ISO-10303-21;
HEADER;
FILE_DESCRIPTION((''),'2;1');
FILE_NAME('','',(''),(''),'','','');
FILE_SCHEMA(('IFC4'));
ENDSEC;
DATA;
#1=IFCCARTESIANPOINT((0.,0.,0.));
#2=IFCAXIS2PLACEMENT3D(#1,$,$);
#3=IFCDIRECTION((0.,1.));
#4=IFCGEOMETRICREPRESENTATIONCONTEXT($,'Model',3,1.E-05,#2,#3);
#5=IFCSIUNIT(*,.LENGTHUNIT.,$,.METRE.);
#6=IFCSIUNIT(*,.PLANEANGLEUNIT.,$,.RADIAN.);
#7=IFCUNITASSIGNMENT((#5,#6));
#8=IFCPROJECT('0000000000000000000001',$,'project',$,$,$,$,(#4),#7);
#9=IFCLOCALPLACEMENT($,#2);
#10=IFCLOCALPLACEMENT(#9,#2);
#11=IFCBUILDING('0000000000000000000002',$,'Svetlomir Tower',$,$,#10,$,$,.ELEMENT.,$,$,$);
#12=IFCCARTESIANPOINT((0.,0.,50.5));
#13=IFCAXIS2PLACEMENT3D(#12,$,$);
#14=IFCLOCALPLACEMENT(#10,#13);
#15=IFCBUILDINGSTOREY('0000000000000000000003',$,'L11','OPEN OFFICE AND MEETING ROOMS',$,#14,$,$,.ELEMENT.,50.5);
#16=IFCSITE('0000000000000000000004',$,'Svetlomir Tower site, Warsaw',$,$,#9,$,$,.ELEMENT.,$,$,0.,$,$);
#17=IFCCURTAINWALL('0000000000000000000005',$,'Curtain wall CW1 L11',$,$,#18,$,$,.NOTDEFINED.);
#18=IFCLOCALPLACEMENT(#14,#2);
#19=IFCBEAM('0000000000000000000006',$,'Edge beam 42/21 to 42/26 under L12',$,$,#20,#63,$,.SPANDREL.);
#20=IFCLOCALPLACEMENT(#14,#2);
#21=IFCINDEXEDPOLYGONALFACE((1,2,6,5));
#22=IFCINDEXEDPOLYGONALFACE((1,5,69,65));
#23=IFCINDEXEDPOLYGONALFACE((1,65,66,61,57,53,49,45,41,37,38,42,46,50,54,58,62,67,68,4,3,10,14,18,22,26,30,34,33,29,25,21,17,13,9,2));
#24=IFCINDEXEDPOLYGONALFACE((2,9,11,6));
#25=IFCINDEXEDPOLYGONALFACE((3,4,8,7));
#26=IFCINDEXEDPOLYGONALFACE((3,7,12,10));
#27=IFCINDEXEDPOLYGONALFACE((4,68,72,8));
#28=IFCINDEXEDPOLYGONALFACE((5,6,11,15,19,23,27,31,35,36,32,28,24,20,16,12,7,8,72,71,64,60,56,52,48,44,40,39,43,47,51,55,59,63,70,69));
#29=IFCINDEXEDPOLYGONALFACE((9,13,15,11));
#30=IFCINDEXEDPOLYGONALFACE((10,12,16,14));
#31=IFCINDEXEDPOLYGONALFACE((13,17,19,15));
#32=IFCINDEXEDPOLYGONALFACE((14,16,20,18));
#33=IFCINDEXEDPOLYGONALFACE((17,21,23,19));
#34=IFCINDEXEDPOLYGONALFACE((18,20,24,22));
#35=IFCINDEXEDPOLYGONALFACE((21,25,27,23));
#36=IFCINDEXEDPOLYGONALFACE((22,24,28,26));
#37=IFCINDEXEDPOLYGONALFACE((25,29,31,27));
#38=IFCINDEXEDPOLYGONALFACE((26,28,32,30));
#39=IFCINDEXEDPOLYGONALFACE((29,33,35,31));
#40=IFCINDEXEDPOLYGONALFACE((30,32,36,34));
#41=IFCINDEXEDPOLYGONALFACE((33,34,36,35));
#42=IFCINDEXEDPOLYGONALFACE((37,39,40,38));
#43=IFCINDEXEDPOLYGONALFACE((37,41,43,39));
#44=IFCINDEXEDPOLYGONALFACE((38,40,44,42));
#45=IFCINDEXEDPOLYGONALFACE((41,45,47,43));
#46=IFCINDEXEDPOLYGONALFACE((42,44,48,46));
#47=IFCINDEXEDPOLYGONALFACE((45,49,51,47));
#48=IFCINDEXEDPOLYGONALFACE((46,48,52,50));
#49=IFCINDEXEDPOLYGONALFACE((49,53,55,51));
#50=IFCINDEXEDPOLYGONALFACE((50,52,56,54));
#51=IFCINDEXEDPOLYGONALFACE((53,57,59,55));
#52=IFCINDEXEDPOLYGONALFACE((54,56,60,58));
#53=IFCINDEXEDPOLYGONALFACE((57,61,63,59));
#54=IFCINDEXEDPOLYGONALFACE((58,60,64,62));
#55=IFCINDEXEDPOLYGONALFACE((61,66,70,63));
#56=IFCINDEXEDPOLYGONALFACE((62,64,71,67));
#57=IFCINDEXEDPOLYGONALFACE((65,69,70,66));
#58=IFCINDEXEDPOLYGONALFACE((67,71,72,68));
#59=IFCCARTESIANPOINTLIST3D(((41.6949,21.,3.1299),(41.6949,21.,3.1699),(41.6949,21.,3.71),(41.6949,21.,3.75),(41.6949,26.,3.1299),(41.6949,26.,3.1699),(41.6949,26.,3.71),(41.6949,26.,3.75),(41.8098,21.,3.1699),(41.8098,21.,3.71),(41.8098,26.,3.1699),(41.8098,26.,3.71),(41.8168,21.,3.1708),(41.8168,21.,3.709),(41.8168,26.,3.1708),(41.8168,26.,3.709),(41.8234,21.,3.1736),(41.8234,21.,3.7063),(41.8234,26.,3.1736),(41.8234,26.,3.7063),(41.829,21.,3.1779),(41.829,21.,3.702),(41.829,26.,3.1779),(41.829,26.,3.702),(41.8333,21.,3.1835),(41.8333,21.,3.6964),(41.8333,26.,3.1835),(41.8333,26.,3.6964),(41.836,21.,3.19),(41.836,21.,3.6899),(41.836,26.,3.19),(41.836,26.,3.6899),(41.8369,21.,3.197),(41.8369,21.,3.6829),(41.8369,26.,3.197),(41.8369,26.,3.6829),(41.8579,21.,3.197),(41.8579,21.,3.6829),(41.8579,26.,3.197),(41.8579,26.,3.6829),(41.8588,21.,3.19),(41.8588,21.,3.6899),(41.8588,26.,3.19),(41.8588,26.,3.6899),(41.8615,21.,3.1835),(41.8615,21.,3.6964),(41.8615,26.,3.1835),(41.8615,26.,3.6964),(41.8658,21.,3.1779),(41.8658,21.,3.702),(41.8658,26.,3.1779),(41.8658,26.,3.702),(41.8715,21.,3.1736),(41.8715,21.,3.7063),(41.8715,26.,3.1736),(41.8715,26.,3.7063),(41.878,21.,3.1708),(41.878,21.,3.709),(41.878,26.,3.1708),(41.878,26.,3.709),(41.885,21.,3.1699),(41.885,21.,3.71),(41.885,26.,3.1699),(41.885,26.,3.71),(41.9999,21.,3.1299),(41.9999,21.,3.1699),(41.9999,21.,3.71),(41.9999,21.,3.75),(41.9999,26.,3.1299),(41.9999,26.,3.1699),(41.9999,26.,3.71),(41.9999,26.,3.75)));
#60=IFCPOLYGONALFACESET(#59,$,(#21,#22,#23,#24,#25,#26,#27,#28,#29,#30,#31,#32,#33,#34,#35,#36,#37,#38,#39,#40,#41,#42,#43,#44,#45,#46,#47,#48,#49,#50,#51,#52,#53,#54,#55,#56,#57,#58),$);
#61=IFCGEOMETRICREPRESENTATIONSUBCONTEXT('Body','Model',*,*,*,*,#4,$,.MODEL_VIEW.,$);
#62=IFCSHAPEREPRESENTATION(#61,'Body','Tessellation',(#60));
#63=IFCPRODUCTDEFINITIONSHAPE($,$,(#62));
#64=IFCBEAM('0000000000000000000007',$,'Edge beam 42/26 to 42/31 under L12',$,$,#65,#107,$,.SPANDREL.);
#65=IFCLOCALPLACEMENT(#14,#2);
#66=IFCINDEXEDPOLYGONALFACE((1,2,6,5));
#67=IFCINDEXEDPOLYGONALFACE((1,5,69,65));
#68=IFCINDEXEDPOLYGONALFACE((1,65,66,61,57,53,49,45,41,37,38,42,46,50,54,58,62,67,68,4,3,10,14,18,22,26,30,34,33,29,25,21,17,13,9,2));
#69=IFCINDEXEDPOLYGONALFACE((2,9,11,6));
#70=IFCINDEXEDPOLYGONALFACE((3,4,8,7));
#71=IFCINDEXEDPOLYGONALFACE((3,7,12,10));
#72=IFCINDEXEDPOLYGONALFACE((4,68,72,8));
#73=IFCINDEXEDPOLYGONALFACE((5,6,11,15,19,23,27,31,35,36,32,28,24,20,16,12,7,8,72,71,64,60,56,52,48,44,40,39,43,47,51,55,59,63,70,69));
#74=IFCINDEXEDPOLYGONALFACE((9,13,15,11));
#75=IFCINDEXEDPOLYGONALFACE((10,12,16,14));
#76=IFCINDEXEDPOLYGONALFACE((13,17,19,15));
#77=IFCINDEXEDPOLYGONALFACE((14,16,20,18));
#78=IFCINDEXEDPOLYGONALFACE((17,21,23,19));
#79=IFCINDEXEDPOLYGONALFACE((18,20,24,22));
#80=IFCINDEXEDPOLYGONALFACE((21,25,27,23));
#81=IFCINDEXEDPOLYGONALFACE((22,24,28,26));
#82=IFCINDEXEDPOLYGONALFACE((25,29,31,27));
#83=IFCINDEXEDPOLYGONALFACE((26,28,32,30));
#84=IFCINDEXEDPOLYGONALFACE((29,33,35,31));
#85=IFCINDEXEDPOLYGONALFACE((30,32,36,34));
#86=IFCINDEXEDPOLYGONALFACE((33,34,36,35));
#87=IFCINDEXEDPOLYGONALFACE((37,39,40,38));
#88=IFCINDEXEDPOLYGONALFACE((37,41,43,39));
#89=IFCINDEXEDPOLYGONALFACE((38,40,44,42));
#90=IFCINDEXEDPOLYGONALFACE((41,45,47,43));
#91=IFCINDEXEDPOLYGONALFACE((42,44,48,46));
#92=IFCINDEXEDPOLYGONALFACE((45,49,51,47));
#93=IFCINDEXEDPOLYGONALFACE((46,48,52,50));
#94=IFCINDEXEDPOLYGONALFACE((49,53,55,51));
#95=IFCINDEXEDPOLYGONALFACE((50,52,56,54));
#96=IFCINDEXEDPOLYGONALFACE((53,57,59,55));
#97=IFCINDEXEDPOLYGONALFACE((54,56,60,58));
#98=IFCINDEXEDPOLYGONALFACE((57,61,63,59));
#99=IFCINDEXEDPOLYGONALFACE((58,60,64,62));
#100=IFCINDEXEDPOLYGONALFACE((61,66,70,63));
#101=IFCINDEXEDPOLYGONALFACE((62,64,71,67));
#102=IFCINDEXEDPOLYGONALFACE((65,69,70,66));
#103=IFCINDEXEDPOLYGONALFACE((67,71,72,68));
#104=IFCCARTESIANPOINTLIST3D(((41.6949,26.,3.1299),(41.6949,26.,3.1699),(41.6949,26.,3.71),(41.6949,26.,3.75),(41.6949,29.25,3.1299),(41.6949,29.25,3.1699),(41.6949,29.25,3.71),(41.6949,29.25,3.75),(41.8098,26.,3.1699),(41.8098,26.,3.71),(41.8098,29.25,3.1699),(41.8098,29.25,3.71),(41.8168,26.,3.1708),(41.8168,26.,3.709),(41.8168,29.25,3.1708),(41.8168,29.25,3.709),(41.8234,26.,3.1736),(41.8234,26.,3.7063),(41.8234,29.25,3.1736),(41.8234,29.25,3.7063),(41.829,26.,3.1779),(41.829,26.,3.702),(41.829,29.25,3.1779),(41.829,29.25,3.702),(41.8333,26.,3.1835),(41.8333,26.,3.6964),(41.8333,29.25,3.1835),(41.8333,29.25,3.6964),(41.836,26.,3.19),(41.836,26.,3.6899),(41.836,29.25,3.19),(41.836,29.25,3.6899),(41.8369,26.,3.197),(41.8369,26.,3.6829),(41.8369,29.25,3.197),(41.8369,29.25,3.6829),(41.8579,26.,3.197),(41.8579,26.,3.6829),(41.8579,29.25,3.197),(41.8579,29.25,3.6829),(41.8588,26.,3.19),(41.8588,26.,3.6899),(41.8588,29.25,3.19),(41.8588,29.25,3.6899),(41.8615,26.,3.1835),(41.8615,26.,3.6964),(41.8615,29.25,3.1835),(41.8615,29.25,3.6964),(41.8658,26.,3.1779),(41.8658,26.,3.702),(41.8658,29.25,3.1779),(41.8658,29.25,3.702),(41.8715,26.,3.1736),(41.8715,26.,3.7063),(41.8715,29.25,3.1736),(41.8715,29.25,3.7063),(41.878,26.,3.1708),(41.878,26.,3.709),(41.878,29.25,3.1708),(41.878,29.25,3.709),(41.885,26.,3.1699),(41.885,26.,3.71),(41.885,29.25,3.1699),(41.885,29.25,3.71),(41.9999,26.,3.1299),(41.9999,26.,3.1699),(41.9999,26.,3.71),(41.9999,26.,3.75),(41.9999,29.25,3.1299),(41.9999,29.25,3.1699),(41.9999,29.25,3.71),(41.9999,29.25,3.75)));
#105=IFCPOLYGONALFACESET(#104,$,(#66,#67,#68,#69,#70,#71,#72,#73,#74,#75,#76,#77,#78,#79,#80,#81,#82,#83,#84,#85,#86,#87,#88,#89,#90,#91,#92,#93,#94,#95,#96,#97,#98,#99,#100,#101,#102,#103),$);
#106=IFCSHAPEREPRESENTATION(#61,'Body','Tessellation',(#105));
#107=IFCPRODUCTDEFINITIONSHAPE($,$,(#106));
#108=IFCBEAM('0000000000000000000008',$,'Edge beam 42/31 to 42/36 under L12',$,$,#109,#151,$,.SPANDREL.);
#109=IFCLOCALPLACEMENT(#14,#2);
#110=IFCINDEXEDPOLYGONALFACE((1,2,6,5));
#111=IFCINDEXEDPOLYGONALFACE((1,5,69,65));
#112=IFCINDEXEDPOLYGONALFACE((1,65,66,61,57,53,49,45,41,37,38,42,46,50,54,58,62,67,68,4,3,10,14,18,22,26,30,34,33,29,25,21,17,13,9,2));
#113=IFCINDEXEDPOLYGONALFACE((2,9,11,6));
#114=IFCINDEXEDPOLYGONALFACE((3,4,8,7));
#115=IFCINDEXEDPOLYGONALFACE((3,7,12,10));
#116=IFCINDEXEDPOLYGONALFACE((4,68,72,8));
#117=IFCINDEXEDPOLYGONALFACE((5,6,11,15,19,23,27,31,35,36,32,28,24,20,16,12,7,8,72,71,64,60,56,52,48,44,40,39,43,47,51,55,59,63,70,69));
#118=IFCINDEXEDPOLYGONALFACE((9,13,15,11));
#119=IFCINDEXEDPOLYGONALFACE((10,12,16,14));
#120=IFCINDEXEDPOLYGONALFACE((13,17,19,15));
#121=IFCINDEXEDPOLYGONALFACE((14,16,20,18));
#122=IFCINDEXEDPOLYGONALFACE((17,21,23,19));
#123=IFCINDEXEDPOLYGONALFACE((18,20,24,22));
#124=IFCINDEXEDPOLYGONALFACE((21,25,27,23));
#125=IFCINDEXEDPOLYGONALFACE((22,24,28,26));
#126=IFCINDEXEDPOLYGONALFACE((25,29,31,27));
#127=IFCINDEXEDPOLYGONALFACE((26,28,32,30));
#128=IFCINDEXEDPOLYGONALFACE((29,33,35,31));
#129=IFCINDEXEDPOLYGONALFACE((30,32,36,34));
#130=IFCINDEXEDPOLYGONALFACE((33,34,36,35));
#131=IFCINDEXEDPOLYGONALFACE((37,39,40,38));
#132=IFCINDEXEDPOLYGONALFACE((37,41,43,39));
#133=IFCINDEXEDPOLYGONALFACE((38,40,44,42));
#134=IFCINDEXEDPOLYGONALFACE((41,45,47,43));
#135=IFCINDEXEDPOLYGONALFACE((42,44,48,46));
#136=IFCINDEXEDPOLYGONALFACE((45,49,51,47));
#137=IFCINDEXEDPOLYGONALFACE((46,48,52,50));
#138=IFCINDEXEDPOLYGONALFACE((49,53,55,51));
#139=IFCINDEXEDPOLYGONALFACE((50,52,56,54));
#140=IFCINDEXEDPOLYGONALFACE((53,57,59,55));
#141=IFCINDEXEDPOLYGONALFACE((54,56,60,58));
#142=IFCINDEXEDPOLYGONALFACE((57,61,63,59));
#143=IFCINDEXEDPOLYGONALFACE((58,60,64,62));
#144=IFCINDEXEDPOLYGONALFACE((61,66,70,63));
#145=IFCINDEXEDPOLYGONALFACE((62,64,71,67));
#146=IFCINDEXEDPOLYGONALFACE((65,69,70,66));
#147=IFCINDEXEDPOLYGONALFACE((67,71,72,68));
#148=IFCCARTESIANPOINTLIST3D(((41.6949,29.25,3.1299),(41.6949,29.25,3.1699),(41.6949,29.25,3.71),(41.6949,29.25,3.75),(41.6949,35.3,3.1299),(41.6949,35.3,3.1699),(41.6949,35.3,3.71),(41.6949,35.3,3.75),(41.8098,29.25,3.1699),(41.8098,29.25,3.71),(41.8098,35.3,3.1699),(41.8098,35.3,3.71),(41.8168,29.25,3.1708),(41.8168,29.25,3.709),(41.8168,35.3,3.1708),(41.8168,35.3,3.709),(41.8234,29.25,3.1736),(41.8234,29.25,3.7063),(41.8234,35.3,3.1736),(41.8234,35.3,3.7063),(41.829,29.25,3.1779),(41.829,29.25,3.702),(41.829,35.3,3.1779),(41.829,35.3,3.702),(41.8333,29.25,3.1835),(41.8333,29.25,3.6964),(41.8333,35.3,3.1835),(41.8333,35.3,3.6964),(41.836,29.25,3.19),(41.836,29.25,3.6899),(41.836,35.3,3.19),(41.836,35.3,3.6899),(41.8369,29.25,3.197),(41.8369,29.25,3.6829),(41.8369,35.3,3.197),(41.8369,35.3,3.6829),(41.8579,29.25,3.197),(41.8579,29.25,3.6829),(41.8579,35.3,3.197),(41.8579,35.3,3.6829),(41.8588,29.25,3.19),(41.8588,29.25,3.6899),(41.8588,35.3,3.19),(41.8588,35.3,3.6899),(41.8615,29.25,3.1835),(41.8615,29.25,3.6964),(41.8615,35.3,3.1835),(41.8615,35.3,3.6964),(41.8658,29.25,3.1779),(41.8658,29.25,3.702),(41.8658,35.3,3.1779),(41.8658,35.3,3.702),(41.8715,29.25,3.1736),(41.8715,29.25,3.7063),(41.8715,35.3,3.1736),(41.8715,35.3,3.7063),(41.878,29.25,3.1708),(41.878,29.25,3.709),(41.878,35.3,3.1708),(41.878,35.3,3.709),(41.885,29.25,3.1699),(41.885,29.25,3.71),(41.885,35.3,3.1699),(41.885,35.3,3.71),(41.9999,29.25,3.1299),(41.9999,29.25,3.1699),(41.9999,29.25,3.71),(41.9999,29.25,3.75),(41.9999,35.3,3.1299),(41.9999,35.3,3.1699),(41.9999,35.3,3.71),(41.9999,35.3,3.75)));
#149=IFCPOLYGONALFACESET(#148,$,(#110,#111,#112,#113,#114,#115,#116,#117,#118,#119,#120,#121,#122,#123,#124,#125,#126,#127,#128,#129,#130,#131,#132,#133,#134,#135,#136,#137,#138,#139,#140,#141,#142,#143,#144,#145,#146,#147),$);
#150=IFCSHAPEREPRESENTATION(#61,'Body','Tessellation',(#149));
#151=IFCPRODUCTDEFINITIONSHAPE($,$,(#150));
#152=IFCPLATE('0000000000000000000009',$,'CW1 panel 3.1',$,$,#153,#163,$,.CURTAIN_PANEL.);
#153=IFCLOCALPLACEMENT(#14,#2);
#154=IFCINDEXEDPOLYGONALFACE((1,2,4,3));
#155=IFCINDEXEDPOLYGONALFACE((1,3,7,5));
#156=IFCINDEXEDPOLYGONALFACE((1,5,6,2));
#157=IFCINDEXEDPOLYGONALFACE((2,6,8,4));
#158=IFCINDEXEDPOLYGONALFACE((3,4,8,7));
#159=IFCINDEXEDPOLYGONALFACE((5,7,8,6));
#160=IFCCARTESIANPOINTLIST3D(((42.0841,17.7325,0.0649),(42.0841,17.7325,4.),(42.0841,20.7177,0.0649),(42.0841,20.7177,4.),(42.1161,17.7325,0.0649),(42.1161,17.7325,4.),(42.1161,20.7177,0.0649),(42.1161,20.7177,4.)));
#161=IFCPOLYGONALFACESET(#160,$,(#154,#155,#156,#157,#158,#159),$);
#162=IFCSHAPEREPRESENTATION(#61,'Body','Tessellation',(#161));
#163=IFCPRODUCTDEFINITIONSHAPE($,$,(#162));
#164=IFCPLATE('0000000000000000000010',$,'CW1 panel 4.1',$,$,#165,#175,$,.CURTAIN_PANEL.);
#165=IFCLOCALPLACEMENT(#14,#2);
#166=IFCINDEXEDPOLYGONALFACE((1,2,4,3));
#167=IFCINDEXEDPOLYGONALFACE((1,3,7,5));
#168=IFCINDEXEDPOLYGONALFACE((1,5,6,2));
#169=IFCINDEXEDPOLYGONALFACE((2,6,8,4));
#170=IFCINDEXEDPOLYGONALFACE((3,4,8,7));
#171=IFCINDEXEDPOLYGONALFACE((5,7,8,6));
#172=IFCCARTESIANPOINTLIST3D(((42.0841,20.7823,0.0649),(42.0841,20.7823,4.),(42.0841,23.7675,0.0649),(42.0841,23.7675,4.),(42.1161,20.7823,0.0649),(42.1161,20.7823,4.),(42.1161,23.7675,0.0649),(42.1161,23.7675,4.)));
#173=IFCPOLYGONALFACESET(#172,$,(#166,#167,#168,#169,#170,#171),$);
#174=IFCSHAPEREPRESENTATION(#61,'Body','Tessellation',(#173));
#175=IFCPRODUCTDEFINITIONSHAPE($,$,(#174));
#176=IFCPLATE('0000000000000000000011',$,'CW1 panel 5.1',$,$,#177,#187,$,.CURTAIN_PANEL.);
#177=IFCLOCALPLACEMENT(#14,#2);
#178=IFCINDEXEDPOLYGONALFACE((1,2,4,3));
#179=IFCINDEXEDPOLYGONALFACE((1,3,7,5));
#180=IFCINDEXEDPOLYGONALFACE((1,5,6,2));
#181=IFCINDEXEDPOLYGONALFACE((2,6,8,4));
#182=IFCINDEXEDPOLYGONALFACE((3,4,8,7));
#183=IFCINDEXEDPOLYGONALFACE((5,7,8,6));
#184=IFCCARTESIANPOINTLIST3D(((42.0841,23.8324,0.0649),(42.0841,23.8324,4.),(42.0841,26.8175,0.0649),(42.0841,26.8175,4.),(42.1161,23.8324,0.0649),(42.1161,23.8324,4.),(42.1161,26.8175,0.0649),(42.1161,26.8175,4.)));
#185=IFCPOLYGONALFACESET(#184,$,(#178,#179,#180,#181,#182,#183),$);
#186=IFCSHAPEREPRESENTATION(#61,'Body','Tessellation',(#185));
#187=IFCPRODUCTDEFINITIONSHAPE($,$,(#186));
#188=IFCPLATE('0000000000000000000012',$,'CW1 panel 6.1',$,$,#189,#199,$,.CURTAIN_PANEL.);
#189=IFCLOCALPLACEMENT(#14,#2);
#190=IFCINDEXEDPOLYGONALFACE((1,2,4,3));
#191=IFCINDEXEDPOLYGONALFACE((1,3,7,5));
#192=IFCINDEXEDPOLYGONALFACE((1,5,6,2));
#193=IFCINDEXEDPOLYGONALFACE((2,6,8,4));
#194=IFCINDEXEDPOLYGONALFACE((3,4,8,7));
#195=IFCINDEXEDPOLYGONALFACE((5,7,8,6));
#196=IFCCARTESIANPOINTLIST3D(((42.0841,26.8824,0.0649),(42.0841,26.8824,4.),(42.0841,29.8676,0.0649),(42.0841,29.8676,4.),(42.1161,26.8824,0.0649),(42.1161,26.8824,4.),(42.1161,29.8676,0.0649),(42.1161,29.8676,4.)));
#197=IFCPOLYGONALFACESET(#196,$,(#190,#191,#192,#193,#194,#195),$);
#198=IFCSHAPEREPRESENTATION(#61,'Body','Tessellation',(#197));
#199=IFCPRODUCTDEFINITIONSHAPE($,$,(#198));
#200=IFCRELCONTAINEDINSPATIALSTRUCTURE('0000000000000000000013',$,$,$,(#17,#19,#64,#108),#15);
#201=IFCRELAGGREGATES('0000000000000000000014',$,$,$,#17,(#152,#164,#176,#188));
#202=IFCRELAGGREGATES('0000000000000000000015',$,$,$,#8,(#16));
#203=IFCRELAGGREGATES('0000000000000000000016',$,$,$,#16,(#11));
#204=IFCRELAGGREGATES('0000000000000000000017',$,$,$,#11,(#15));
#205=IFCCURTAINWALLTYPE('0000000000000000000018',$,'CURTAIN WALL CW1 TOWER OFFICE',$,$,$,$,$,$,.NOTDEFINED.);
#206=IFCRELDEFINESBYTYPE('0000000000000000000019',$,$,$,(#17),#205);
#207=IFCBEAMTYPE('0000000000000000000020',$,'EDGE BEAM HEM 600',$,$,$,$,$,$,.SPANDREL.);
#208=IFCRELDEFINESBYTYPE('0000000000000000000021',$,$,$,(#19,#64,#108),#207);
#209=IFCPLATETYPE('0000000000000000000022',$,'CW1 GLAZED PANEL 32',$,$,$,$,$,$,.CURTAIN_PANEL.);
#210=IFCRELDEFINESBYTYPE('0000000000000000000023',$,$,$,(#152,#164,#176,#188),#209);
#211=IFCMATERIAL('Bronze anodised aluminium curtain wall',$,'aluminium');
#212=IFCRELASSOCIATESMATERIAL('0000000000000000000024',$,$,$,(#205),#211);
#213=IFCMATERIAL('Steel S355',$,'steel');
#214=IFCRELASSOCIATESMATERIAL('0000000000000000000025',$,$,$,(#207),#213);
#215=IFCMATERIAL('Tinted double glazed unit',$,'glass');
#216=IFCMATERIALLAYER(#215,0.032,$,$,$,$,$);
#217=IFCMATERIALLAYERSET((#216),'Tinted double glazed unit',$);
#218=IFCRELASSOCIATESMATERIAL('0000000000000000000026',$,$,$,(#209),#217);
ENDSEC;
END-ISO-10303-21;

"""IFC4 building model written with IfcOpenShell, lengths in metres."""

from ifc_helpers import new_model, si_unit, direction, frame, origin, origin_2d, place, context, subcontext, project, spatial, rectangle, i_section, extrude, material, layer, layer_set, material_profile, profile_set, type_object, element, aggregate, save


model = new_model("IFC4")

# Units and contexts
model_context = context("Model", 3, precision=1e-05, world=origin(), true_north=direction((0.0, 1.0)))
body_context = subcontext(model_context, "Body", "Model", "MODEL_VIEW")
ifc_project = project(units=[si_unit("LENGTHUNIT", "METRE"), si_unit("PLANEANGLEUNIT", "RADIAN")], contexts=[model_context])

# Site, building, storey
site_placement = place(None, origin())
site = spatial("IfcSite", under=ifc_project, at=site_placement, Name="Svetlomir Tower site, Warsaw", CompositionType="ELEMENT", RefElevation=0.0)
building_placement = place(site_placement, origin())
building = spatial("IfcBuilding", under=site, at=building_placement, Name="Svetlomir Tower", CompositionType="ELEMENT")
storey_placement = place(building_placement, frame((0.0, 0.0, 50.5)))
storey = spatial("IfcBuildingStorey", under=building, at=storey_placement, Name="L11", Description="OPEN OFFICE AND MEETING ROOMS", CompositionType="ELEMENT", Elevation=50.5)

# Curtain wall
ifc_material_1 = material(Name="Bronze anodised aluminium curtain wall", Category="aluminium")
curtain_wall_type = type_object("IfcCurtainWallType", Name="CURTAIN WALL CW1 TOWER OFFICE", PredefinedType="NOTDEFINED", material=ifc_material_1)
curtain_wall_placement = place(storey_placement, origin())
curtain_wall = element("IfcCurtainWall", 1, at=curtain_wall_placement, inside=storey, type_object=curtain_wall_type, Name="Curtain wall CW1 L11", PredefinedType="NOTDEFINED")

# Beams
ifc_material_2 = material(Name="Steel S355", Category="steel")
ifc_material_profile_1 = material_profile(ifc_material_2, i_section(OverallWidth=0.3049, OverallDepth=0.6201, WebThickness=0.021, FlangeThickness=0.04, FilletRadius=0.0271, at=origin_2d()), Name="HEM 600")
ifc_profile_set_1 = profile_set([ifc_material_profile_1], Name="Steel S355")
beam_type = type_object("IfcBeamType", Name="EDGE BEAM HEM 600", PredefinedType="SPANDREL", material=ifc_profile_set_1)
beam_1_placement = place(storey_placement, frame((41.8474, 21.0, 3.4399), z_axis=(0.0, 1.0, 0.0), x_axis=(-1.0, 0.0, 0.0)))
element("IfcBeam", 2, at=beam_1_placement, inside=storey, type_object=beam_type, Name="Edge beam 42/21 to 42/26 under L12", PredefinedType="SPANDREL", context=body_context, shape_type="SweptSolid", body=[
    extrude(i_section(OverallWidth=0.3049, OverallDepth=0.6201, WebThickness=0.021, FlangeThickness=0.04, FilletRadius=0.0271, at=origin_2d()), origin(), (0.0, 0.0, 1.0), 5.0),
])
beam_2_placement = place(storey_placement, frame((41.8474, 26.0, 3.4399), z_axis=(0.0, 1.0, 0.0), x_axis=(-1.0, 0.0, 0.0)))
element("IfcBeam", 3, at=beam_2_placement, inside=storey, type_object=beam_type, Name="Edge beam 42/26 to 42/31 under L12", PredefinedType="SPANDREL", context=body_context, shape_type="SweptSolid", body=[
    extrude(i_section(OverallWidth=0.3049, OverallDepth=0.6201, WebThickness=0.021, FlangeThickness=0.04, FilletRadius=0.0271, at=origin_2d()), origin(), (0.0, 0.0, 1.0), 3.25),
])
beam_3_placement = place(storey_placement, frame((41.8474, 29.25, 3.4399), z_axis=(0.0, 1.0, 0.0), x_axis=(-1.0, 0.0, 0.0)))
element("IfcBeam", 4, at=beam_3_placement, inside=storey, type_object=beam_type, Name="Edge beam 42/31 to 42/36 under L12", PredefinedType="SPANDREL", context=body_context, shape_type="SweptSolid", body=[
    extrude(i_section(OverallWidth=0.3049, OverallDepth=0.6201, WebThickness=0.021, FlangeThickness=0.04, FilletRadius=0.0271, at=origin_2d()), origin(), (0.0, 0.0, 1.0), 6.05),
])

# Plates
ifc_material_3 = material(Name="Tinted double glazed unit", Category="glass")
ifc_layer_1 = layer(ifc_material_3, 0.032)
ifc_layer_set_1 = layer_set([ifc_layer_1], Name="Tinted double glazed unit")
plate_type = type_object("IfcPlateType", Name="CW1 GLAZED PANEL 32", PredefinedType="CURTAIN_PANEL", material=ifc_layer_set_1)
plate_1_placement = place(storey_placement, frame((42.1001, 19.2251, 0.0649), z_axis=(0.0, 0.0, 1.0), x_axis=(0.0, 1.0, 0.0)))
plate_1 = element("IfcPlate", 5, at=plate_1_placement, type_object=plate_type, Name="CW1 panel 3.1", PredefinedType="CURTAIN_PANEL", context=body_context, shape_type="SweptSolid", body=[
    extrude(rectangle(XDim=2.9851, YDim=0.032, at=origin_2d()), origin(), (0.0, 0.0, 1.0), 3.9351),
])
plate_2_placement = place(storey_placement, frame((42.1001, 22.2749, 0.0649), z_axis=(0.0, 0.0, 1.0), x_axis=(0.0, 1.0, 0.0)))
plate_2 = element("IfcPlate", 6, at=plate_2_placement, type_object=plate_type, Name="CW1 panel 4.1", PredefinedType="CURTAIN_PANEL", context=body_context, shape_type="SweptSolid", body=[
    extrude(rectangle(XDim=2.9851, YDim=0.032, at=origin_2d()), origin(), (0.0, 0.0, 1.0), 3.9351),
])
plate_3_placement = place(storey_placement, frame((42.1001, 25.325, 0.0649), z_axis=(0.0, 0.0, 1.0), x_axis=(0.0, 1.0, 0.0)))
plate_3 = element("IfcPlate", 7, at=plate_3_placement, type_object=plate_type, Name="CW1 panel 5.1", PredefinedType="CURTAIN_PANEL", context=body_context, shape_type="SweptSolid", body=[
    extrude(rectangle(XDim=2.9851, YDim=0.032, at=origin_2d()), origin(), (0.0, 0.0, 1.0), 3.9351),
])
plate_4_placement = place(storey_placement, frame((42.1001, 28.375, 0.0649), z_axis=(0.0, 0.0, 1.0), x_axis=(0.0, 1.0, 0.0)))
plate_4 = element("IfcPlate", 8, at=plate_4_placement, type_object=plate_type, Name="CW1 panel 6.1", PredefinedType="CURTAIN_PANEL", context=body_context, shape_type="SweptSolid", body=[
    extrude(rectangle(XDim=2.9851, YDim=0.032, at=origin_2d()), origin(), (0.0, 0.0, 1.0), 3.9351),
])
aggregate(curtain_wall, [plate_1, plate_2, plate_3, plate_4])

save(model, "model.ifc")
